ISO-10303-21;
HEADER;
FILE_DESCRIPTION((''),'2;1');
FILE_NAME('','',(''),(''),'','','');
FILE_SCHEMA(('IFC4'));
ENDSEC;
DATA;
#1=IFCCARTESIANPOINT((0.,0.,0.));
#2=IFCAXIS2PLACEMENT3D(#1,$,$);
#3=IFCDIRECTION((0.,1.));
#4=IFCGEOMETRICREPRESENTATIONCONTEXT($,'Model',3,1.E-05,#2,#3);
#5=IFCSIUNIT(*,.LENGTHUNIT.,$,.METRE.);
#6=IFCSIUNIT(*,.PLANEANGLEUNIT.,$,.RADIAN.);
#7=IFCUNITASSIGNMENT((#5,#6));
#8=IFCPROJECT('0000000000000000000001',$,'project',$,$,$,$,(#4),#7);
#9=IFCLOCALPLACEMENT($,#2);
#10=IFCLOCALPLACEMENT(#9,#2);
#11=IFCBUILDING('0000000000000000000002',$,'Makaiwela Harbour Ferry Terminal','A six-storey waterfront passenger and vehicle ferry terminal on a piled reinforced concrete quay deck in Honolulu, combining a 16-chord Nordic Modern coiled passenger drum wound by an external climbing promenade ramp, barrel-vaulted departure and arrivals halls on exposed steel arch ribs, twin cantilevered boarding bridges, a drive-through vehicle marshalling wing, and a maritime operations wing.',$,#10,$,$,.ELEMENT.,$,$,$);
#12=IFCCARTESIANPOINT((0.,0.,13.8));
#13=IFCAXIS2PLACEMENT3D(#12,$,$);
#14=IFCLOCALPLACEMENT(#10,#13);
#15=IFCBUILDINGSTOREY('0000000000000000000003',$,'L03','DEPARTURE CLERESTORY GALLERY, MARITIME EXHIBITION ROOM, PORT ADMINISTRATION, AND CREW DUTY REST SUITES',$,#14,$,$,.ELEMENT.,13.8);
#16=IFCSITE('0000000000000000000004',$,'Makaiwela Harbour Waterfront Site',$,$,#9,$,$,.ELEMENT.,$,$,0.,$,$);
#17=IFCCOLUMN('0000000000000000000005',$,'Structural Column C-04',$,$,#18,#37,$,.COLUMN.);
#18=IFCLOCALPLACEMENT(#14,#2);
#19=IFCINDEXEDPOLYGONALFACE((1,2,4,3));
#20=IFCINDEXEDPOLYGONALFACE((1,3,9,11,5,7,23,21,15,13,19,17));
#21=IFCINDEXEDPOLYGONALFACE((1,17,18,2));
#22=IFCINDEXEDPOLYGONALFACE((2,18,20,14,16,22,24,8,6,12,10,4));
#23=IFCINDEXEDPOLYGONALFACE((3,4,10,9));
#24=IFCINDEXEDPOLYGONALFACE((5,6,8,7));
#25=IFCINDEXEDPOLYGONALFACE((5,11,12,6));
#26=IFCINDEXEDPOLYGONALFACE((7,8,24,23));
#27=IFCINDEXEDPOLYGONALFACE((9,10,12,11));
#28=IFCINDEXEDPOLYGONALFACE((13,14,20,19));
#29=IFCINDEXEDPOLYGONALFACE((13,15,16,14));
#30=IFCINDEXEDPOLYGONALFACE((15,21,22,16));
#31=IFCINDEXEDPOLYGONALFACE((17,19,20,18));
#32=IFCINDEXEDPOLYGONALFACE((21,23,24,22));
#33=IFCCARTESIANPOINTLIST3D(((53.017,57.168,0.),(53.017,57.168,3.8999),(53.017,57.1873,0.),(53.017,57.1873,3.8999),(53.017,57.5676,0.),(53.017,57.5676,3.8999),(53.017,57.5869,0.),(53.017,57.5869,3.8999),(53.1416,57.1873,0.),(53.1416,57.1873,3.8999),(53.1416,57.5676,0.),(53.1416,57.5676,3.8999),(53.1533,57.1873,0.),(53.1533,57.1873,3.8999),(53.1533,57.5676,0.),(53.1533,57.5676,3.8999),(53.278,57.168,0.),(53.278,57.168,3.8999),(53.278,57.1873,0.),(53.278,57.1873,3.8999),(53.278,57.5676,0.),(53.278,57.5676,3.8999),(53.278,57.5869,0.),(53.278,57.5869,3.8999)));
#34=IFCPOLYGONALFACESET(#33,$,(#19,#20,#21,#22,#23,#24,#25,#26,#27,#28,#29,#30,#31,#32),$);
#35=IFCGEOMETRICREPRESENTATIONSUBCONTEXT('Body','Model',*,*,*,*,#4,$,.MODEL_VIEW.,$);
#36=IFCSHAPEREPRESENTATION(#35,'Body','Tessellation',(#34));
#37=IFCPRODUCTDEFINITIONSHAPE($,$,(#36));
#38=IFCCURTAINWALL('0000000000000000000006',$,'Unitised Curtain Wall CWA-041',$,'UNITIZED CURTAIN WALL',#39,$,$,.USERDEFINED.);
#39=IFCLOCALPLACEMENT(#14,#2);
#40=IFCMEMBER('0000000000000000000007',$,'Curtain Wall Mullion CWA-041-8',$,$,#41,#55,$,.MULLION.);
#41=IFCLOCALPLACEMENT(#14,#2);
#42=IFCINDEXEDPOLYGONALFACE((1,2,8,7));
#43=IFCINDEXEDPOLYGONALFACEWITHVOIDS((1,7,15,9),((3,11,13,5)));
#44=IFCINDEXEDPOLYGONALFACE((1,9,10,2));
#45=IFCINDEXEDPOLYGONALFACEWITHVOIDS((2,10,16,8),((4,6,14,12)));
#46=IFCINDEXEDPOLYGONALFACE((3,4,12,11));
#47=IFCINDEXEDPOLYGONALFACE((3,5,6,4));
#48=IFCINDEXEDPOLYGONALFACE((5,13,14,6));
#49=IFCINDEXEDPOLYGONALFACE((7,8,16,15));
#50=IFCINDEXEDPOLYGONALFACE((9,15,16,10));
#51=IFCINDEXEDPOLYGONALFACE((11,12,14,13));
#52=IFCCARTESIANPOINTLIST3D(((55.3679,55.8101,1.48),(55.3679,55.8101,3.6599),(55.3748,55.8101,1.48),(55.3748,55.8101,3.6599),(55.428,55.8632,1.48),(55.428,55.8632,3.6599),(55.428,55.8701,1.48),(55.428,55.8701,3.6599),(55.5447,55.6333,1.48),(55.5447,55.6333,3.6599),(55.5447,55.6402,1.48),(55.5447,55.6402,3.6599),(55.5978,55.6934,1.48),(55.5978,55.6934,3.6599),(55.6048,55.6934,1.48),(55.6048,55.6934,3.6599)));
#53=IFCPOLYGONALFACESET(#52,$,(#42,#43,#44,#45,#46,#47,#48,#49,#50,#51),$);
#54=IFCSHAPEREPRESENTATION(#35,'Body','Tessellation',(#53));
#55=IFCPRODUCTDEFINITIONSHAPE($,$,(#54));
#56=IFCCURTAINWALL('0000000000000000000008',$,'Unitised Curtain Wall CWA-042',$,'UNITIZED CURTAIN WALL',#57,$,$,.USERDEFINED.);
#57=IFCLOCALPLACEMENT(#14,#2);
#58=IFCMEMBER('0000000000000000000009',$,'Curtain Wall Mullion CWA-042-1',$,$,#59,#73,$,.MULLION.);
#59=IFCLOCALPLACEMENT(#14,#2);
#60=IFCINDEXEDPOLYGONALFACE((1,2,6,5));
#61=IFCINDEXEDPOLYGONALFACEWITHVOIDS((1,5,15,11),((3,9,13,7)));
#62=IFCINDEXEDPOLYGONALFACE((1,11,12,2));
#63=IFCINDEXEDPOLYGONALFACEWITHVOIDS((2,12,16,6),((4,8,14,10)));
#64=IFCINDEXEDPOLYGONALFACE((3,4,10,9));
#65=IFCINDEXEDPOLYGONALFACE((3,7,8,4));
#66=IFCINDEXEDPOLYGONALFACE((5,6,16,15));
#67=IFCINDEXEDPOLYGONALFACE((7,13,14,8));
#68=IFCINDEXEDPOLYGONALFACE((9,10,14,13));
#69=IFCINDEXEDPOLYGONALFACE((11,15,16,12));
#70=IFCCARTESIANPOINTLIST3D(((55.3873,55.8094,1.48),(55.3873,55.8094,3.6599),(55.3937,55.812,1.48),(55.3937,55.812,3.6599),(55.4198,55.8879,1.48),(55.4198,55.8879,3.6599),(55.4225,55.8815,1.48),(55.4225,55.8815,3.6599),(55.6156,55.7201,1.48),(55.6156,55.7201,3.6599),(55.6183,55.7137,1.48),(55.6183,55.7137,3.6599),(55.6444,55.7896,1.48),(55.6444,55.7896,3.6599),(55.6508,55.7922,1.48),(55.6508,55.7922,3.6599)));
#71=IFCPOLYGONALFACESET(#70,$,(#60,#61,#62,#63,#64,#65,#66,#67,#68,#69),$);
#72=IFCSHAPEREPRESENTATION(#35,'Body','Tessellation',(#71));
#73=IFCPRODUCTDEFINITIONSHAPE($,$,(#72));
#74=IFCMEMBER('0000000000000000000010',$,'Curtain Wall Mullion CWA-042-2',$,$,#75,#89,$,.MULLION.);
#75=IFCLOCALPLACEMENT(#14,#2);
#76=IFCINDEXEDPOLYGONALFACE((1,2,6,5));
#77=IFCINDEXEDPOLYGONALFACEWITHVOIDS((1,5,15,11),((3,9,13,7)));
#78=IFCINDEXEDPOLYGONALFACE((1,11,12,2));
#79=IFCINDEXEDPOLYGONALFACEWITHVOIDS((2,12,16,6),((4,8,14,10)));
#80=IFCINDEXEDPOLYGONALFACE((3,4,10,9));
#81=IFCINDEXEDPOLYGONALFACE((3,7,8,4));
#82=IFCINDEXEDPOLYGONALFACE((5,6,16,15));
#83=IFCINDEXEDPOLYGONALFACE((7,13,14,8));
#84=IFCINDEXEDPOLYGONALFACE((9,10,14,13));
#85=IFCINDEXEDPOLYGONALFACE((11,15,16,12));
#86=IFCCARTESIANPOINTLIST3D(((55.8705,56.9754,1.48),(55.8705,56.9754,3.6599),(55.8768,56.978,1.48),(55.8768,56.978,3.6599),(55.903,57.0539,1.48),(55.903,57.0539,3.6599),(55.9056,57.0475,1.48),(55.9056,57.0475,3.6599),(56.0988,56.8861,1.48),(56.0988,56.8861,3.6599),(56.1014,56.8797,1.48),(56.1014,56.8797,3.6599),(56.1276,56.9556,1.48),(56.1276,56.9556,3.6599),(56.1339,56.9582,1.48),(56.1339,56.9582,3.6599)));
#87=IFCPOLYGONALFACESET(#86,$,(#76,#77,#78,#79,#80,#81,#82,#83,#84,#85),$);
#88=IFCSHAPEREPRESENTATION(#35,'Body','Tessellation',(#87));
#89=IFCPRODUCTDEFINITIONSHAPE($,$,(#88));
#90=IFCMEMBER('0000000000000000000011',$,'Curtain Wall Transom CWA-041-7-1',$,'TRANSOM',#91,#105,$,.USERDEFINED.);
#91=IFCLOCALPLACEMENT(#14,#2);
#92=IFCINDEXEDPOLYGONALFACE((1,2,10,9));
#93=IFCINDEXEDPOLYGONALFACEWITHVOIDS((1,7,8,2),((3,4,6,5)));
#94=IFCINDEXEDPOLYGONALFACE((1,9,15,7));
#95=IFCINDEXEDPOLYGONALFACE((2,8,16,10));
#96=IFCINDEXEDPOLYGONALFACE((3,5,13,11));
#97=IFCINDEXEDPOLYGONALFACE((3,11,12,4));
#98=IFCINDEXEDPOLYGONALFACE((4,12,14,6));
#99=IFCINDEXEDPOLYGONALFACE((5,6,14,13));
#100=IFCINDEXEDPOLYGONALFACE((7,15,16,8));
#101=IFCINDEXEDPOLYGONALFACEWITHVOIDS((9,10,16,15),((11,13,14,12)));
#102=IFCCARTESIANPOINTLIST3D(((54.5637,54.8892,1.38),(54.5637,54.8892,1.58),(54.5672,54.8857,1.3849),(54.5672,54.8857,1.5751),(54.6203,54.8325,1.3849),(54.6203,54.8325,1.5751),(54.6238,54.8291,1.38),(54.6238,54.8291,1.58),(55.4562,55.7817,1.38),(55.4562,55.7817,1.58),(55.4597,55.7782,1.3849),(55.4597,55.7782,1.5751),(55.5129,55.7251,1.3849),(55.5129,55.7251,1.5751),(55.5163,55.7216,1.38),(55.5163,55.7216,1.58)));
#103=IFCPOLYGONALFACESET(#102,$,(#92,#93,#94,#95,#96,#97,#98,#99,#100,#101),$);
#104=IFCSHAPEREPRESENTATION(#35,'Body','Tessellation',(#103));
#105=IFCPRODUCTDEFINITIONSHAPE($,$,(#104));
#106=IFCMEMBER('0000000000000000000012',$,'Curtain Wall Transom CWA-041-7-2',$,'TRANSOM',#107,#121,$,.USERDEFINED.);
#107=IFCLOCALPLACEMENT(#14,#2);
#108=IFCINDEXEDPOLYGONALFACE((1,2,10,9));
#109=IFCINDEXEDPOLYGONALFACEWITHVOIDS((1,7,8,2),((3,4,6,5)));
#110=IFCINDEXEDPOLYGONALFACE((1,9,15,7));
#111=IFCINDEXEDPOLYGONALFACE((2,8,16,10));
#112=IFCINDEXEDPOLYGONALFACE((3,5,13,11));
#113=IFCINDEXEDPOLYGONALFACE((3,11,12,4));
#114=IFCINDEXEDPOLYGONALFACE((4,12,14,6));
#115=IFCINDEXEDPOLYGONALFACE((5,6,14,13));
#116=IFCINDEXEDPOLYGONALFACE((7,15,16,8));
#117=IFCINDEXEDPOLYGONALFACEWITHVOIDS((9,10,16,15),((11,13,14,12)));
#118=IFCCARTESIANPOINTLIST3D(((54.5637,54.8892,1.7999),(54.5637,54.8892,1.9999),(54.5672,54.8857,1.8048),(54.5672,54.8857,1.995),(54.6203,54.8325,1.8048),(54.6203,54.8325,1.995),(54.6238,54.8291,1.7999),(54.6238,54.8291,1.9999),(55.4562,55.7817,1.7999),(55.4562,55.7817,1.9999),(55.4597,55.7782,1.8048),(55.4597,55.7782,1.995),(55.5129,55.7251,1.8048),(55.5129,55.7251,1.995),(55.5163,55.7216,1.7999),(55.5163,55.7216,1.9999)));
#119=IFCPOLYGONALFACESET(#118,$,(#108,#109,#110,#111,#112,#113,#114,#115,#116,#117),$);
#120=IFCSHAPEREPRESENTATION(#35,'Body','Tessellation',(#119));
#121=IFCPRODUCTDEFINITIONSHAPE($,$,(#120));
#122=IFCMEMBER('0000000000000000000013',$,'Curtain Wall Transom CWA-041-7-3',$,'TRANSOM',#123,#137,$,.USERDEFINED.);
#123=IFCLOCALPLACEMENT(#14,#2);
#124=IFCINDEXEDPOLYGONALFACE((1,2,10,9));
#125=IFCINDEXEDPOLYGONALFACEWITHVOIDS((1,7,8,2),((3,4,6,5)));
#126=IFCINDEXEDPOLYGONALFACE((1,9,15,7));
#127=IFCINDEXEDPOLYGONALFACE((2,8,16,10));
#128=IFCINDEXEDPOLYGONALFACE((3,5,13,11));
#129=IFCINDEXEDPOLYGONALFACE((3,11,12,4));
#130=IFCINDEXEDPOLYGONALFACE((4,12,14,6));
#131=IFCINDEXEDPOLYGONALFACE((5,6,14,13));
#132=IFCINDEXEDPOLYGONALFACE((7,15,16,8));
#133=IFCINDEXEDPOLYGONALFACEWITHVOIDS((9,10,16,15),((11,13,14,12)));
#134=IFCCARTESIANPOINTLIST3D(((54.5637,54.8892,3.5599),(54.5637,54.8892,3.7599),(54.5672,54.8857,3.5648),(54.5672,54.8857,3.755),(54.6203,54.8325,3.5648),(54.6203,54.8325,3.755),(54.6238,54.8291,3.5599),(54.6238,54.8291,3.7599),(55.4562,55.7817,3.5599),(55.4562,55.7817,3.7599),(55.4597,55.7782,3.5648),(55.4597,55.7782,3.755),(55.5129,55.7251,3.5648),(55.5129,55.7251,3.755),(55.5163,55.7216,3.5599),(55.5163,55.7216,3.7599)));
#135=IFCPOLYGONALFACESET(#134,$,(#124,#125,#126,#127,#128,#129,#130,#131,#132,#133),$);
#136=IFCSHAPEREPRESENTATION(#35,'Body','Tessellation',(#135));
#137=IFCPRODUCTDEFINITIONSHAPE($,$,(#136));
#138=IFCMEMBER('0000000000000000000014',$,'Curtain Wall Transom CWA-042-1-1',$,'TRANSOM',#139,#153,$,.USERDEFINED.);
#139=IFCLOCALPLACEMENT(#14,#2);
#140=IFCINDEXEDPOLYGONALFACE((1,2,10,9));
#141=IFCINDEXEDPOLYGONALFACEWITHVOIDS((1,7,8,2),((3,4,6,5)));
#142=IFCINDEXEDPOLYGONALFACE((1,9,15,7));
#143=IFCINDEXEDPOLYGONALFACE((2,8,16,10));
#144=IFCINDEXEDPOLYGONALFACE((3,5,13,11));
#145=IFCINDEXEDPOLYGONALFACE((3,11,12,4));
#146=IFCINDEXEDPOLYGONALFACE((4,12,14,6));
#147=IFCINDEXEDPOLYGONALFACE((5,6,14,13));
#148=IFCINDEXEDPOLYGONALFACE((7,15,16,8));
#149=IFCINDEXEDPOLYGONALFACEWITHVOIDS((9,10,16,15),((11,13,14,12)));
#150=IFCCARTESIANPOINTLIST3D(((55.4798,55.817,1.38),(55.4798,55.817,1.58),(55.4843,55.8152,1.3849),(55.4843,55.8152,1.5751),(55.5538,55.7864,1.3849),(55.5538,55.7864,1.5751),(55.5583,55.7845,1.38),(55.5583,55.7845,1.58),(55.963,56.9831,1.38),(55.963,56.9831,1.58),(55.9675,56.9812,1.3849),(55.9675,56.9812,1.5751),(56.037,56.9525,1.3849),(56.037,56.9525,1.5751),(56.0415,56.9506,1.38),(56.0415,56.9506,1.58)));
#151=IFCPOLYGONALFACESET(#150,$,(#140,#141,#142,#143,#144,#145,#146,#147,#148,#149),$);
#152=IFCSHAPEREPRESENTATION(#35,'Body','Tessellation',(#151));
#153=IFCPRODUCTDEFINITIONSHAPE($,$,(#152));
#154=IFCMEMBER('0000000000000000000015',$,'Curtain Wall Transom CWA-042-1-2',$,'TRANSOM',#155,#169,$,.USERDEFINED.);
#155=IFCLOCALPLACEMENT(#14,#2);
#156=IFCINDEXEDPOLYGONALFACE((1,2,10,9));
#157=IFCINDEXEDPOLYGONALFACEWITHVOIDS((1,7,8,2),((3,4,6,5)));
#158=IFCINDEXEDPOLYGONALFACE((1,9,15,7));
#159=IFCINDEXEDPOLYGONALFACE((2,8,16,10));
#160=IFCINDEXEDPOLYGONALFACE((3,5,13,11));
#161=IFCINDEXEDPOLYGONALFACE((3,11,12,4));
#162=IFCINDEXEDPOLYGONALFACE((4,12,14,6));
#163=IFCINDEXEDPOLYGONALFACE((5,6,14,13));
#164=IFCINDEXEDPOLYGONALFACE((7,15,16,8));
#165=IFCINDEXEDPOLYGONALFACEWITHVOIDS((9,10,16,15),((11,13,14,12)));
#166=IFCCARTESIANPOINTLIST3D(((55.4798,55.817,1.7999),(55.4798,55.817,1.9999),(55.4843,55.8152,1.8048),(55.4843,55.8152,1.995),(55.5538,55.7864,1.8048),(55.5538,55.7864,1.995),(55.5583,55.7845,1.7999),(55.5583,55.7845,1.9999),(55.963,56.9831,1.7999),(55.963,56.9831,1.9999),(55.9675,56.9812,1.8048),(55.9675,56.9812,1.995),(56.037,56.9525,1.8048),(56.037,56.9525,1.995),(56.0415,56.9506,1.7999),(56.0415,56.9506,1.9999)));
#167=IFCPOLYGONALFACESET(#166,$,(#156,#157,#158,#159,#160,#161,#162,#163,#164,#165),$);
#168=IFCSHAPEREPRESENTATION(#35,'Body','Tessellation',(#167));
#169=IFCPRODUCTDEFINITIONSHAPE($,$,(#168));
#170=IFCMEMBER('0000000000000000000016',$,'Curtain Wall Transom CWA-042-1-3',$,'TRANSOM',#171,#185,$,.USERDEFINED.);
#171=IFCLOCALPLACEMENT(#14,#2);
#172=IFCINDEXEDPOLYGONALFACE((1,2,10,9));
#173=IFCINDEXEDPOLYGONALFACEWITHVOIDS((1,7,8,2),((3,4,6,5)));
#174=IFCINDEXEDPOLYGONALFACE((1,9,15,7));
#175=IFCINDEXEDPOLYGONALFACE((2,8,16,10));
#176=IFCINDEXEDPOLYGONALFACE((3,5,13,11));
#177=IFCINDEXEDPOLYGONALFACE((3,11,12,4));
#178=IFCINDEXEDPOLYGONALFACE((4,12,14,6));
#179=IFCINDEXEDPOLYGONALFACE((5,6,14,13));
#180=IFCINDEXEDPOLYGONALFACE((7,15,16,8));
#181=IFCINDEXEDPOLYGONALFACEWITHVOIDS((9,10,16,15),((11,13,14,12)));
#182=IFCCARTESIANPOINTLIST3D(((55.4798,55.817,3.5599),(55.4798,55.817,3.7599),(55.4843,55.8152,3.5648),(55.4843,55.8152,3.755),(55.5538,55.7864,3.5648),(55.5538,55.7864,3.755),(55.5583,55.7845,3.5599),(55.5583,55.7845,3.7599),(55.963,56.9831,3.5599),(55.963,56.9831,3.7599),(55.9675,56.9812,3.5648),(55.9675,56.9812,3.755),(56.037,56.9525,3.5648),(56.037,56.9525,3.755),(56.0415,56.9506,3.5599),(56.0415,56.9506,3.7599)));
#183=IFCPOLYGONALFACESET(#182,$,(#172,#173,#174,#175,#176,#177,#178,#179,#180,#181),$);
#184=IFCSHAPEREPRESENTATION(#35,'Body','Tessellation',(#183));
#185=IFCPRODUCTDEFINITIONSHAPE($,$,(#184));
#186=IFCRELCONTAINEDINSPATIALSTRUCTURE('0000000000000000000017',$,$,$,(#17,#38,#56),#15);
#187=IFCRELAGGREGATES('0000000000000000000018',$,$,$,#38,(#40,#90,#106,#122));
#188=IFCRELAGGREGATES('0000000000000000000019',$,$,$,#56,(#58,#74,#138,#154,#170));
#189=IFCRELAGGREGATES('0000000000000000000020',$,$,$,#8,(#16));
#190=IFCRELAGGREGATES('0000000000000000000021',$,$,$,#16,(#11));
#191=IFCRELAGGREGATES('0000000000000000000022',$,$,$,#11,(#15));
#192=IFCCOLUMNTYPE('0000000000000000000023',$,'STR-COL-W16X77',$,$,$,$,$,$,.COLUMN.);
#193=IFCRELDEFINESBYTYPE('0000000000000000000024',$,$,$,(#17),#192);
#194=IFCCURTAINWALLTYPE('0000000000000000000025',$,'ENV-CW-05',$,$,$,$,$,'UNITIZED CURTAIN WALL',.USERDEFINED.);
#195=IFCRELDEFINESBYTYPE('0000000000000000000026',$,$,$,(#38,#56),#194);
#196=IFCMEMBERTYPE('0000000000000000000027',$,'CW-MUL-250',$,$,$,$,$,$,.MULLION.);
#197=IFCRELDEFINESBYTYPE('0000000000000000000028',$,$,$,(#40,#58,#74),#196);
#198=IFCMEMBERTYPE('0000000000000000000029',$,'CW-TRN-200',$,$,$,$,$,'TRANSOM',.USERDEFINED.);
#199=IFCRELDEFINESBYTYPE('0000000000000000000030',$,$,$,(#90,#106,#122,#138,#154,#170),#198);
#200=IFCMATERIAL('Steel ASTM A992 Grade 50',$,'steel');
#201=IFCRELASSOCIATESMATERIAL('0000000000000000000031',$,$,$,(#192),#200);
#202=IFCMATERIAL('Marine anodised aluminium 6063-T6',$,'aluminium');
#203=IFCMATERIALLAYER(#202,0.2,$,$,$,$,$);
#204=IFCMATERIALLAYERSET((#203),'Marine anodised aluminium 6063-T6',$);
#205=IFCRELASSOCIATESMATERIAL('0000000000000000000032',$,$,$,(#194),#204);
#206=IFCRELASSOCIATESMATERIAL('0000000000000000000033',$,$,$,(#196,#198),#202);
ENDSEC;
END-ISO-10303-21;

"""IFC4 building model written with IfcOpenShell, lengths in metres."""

from ifc_helpers import new_model, si_unit, direction, frame, origin, origin_2d, place, context, subcontext, project, spatial, hollow_rectangle, i_section, extrude, material, layer, layer_set, material_profile, profile_set, type_object, element, aggregate, save


model = new_model("IFC4")

# Units and contexts
model_context = context("Model", 3, precision=1e-05, world=origin(), true_north=direction((0.0, 1.0)))
body_context = subcontext(model_context, "Body", "Model", "MODEL_VIEW")
ifc_project = project(units=[si_unit("LENGTHUNIT", "METRE"), si_unit("PLANEANGLEUNIT", "RADIAN")], contexts=[model_context])

# Site, building, storey
site_placement = place(None, origin())
site = spatial("IfcSite", under=ifc_project, at=site_placement, Name="Makaiwela Harbour Waterfront Site", CompositionType="ELEMENT", RefElevation=0.0)
building_placement = place(site_placement, origin())
building = spatial("IfcBuilding", under=site, at=building_placement, Name="Makaiwela Harbour Ferry Terminal", Description="A six-storey waterfront passenger and vehicle ferry terminal on a piled reinforced concrete quay deck in Honolulu, combining a 16-chord Nordic Modern coiled passenger drum wound by an external climbing promenade ramp, barrel-vaulted departure and arrivals halls on exposed steel arch ribs, twin cantilevered boarding bridges, a drive-through vehicle marshalling wing, and a maritime operations wing.", CompositionType="ELEMENT")
storey_placement = place(building_placement, frame((0.0, 0.0, 13.8)))
storey = spatial("IfcBuildingStorey", under=building, at=storey_placement, Name="L03", Description="DEPARTURE CLERESTORY GALLERY, MARITIME EXHIBITION ROOM, PORT ADMINISTRATION, AND CREW DUTY REST SUITES", CompositionType="ELEMENT", Elevation=13.8)

# Column
ifc_material_1 = material(Name="Steel ASTM A992 Grade 50", Category="steel")
ifc_material_profile_1 = material_profile(ifc_material_1, i_section(OverallWidth=0.261, OverallDepth=0.4189, WebThickness=0.0117, FlangeThickness=0.0193, at=origin_2d()), Name="W16X77")
ifc_profile_set_1 = profile_set([ifc_material_profile_1], Name="Steel ASTM A992 Grade 50")
column_type = type_object("IfcColumnType", Name="STR-COL-W16X77", PredefinedType="COLUMN", material=ifc_profile_set_1)
column_placement = place(storey_placement, frame((53.1475, 57.3774, 0.0), z_axis=(0.0, 0.0, 1.0), x_axis=(1.0, 0.0, 0.0)))
element("IfcColumn", 1, at=column_placement, inside=storey, type_object=column_type, Name="Structural Column C-04", PredefinedType="COLUMN", context=body_context, shape_type="SweptSolid", body=[
    extrude(i_section(OverallWidth=0.261, OverallDepth=0.4189, WebThickness=0.0117, FlangeThickness=0.0193, at=origin_2d()), origin(), (0.0, 0.0, 1.0), 3.8999),
])

# Curtain wall, member
ifc_material_2 = material(Name="Marine anodised aluminium 6063-T6", Category="aluminium")
ifc_layer_1 = layer(ifc_material_2, 0.2)
ifc_layer_set_1 = layer_set([ifc_layer_1], Name="Marine anodised aluminium 6063-T6")
curtain_wall_type = type_object("IfcCurtainWallType", Name="ENV-CW-05", ElementType="UNITIZED CURTAIN WALL", PredefinedType="USERDEFINED", material=ifc_layer_set_1)
curtain_wall_1_placement = place(storey_placement, origin())
curtain_wall_1 = element("IfcCurtainWall", 2, at=curtain_wall_1_placement, inside=storey, type_object=curtain_wall_type, Name="Unitised Curtain Wall CWA-041", ObjectType="UNITIZED CURTAIN WALL", PredefinedType="USERDEFINED")
ifc_material_profile_2 = material_profile(ifc_material_2, hollow_rectangle(XDim=0.085, YDim=0.25, WallThickness=0.0049, at=origin_2d()), Name="CWM-250X85")
ifc_profile_set_2 = profile_set([ifc_material_profile_2], Name="Marine anodised aluminium 6063-T6")
member_type_1 = type_object("IfcMemberType", Name="CW-MUL-250", PredefinedType="MULLION", material=ifc_profile_set_2)
member_1_placement = place(storey_placement, frame((55.4863, 55.7517, 1.48), z_axis=(0.0, 0.0, 1.0), x_axis=(0.707107, 0.707107, 0.0)))
member_1 = element("IfcMember", 3, at=member_1_placement, type_object=member_type_1, Name="Curtain Wall Mullion CWA-041-8", PredefinedType="MULLION", context=body_context, shape_type="SweptSolid", body=[
    extrude(hollow_rectangle(XDim=0.085, YDim=0.25, WallThickness=0.0049, at=origin_2d()), origin(), (0.0, 0.0, 1.0), 2.1799),
])

# Curtain wall, members
curtain_wall_2_placement = place(storey_placement, origin())
curtain_wall_2 = element("IfcCurtainWall", 4, at=curtain_wall_2_placement, inside=storey, type_object=curtain_wall_type, Name="Unitised Curtain Wall CWA-042", ObjectType="UNITIZED CURTAIN WALL", PredefinedType="USERDEFINED")
member_2_placement = place(storey_placement, frame((55.519, 55.8008, 1.48), z_axis=(0.0, 0.0, 1.0), x_axis=(0.382683, 0.92388, 0.0)))
member_2 = element("IfcMember", 5, at=member_2_placement, type_object=member_type_1, Name="Curtain Wall Mullion CWA-042-1", PredefinedType="MULLION", context=body_context, shape_type="SweptSolid", body=[
    extrude(hollow_rectangle(XDim=0.085, YDim=0.25, WallThickness=0.0049, at=origin_2d()), origin(), (0.0, 0.0, 1.0), 2.1799),
])
member_3_placement = place(storey_placement, frame((56.0022, 56.9668, 1.48), z_axis=(0.0, 0.0, 1.0), x_axis=(0.382683, 0.92388, 0.0)))
member_3 = element("IfcMember", 6, at=member_3_placement, type_object=member_type_1, Name="Curtain Wall Mullion CWA-042-2", PredefinedType="MULLION", context=body_context, shape_type="SweptSolid", body=[
    extrude(hollow_rectangle(XDim=0.085, YDim=0.25, WallThickness=0.0049, at=origin_2d()), origin(), (0.0, 0.0, 1.0), 2.1799),
])

# Members
ifc_material_profile_3 = material_profile(ifc_material_2, hollow_rectangle(XDim=0.085, YDim=0.2, WallThickness=0.0049, at=origin_2d()), Name="CWT-200X85")
ifc_profile_set_3 = profile_set([ifc_material_profile_3], Name="Marine anodised aluminium 6063-T6")
member_type_2 = type_object("IfcMemberType", Name="CW-TRN-200", ElementType="TRANSOM", PredefinedType="USERDEFINED", material=ifc_profile_set_3)
member_4_placement = place(storey_placement, frame((54.5938, 54.8591, 1.48), z_axis=(0.707107, 0.707107, 0.0), x_axis=(-0.707107, 0.707107, 0.0)))
member_4 = element("IfcMember", 7, at=member_4_placement, type_object=member_type_2, Name="Curtain Wall Transom CWA-041-7-1", ObjectType="TRANSOM", PredefinedType="USERDEFINED", context=body_context, shape_type="SweptSolid", body=[
    extrude(hollow_rectangle(XDim=0.085, YDim=0.2, WallThickness=0.0049, at=origin_2d()), origin(), (0.0, 0.0, 1.0), 1.2622),
])
member_5_placement = place(storey_placement, frame((54.5938, 54.8591, 1.8999), z_axis=(0.707107, 0.707107, 0.0), x_axis=(-0.707107, 0.707107, 0.0)))
member_5 = element("IfcMember", 8, at=member_5_placement, type_object=member_type_2, Name="Curtain Wall Transom CWA-041-7-2", ObjectType="TRANSOM", PredefinedType="USERDEFINED", context=body_context, shape_type="SweptSolid", body=[
    extrude(hollow_rectangle(XDim=0.085, YDim=0.2, WallThickness=0.0049, at=origin_2d()), origin(), (0.0, 0.0, 1.0), 1.2622),
])
member_6_placement = place(storey_placement, frame((54.5938, 54.8591, 3.6599), z_axis=(0.707107, 0.707107, 0.0), x_axis=(-0.707107, 0.707107, 0.0)))
member_6 = element("IfcMember", 9, at=member_6_placement, type_object=member_type_2, Name="Curtain Wall Transom CWA-041-7-3", ObjectType="TRANSOM", PredefinedType="USERDEFINED", context=body_context, shape_type="SweptSolid", body=[
    extrude(hollow_rectangle(XDim=0.085, YDim=0.2, WallThickness=0.0049, at=origin_2d()), origin(), (0.0, 0.0, 1.0), 1.2622),
])
member_7_placement = place(storey_placement, frame((55.519, 55.8008, 1.48), z_axis=(0.382802, 0.923831, 0.0), x_axis=(-0.923831, 0.382802, 0.0)))
member_7 = element("IfcMember", 10, at=member_7_placement, type_object=member_type_2, Name="Curtain Wall Transom CWA-042-1-1", ObjectType="TRANSOM", PredefinedType="USERDEFINED", context=body_context, shape_type="SweptSolid", body=[
    extrude(hollow_rectangle(XDim=0.085, YDim=0.2, WallThickness=0.0049, at=origin_2d()), origin(), (0.0, 0.0, 1.0), 1.2622),
])
member_8_placement = place(storey_placement, frame((55.519, 55.8008, 1.8999), z_axis=(0.382802, 0.923831, 0.0), x_axis=(-0.923831, 0.382802, 0.0)))
member_8 = element("IfcMember", 11, at=member_8_placement, type_object=member_type_2, Name="Curtain Wall Transom CWA-042-1-2", ObjectType="TRANSOM", PredefinedType="USERDEFINED", context=body_context, shape_type="SweptSolid", body=[
    extrude(hollow_rectangle(XDim=0.085, YDim=0.2, WallThickness=0.0049, at=origin_2d()), origin(), (0.0, 0.0, 1.0), 1.2622),
])
member_9_placement = place(storey_placement, frame((55.519, 55.8008, 3.6599), z_axis=(0.382802, 0.923831, 0.0), x_axis=(-0.923831, 0.382802, 0.0)))
member_9 = element("IfcMember", 12, at=member_9_placement, type_object=member_type_2, Name="Curtain Wall Transom CWA-042-1-3", ObjectType="TRANSOM", PredefinedType="USERDEFINED", context=body_context, shape_type="SweptSolid", body=[
    extrude(hollow_rectangle(XDim=0.085, YDim=0.2, WallThickness=0.0049, at=origin_2d()), origin(), (0.0, 0.0, 1.0), 1.2622),
])

aggregate(curtain_wall_1, [member_1, member_4, member_5, member_6])
aggregate(curtain_wall_2, [member_2, member_3, member_7, member_8, member_9])

save(model, "model.ifc")
